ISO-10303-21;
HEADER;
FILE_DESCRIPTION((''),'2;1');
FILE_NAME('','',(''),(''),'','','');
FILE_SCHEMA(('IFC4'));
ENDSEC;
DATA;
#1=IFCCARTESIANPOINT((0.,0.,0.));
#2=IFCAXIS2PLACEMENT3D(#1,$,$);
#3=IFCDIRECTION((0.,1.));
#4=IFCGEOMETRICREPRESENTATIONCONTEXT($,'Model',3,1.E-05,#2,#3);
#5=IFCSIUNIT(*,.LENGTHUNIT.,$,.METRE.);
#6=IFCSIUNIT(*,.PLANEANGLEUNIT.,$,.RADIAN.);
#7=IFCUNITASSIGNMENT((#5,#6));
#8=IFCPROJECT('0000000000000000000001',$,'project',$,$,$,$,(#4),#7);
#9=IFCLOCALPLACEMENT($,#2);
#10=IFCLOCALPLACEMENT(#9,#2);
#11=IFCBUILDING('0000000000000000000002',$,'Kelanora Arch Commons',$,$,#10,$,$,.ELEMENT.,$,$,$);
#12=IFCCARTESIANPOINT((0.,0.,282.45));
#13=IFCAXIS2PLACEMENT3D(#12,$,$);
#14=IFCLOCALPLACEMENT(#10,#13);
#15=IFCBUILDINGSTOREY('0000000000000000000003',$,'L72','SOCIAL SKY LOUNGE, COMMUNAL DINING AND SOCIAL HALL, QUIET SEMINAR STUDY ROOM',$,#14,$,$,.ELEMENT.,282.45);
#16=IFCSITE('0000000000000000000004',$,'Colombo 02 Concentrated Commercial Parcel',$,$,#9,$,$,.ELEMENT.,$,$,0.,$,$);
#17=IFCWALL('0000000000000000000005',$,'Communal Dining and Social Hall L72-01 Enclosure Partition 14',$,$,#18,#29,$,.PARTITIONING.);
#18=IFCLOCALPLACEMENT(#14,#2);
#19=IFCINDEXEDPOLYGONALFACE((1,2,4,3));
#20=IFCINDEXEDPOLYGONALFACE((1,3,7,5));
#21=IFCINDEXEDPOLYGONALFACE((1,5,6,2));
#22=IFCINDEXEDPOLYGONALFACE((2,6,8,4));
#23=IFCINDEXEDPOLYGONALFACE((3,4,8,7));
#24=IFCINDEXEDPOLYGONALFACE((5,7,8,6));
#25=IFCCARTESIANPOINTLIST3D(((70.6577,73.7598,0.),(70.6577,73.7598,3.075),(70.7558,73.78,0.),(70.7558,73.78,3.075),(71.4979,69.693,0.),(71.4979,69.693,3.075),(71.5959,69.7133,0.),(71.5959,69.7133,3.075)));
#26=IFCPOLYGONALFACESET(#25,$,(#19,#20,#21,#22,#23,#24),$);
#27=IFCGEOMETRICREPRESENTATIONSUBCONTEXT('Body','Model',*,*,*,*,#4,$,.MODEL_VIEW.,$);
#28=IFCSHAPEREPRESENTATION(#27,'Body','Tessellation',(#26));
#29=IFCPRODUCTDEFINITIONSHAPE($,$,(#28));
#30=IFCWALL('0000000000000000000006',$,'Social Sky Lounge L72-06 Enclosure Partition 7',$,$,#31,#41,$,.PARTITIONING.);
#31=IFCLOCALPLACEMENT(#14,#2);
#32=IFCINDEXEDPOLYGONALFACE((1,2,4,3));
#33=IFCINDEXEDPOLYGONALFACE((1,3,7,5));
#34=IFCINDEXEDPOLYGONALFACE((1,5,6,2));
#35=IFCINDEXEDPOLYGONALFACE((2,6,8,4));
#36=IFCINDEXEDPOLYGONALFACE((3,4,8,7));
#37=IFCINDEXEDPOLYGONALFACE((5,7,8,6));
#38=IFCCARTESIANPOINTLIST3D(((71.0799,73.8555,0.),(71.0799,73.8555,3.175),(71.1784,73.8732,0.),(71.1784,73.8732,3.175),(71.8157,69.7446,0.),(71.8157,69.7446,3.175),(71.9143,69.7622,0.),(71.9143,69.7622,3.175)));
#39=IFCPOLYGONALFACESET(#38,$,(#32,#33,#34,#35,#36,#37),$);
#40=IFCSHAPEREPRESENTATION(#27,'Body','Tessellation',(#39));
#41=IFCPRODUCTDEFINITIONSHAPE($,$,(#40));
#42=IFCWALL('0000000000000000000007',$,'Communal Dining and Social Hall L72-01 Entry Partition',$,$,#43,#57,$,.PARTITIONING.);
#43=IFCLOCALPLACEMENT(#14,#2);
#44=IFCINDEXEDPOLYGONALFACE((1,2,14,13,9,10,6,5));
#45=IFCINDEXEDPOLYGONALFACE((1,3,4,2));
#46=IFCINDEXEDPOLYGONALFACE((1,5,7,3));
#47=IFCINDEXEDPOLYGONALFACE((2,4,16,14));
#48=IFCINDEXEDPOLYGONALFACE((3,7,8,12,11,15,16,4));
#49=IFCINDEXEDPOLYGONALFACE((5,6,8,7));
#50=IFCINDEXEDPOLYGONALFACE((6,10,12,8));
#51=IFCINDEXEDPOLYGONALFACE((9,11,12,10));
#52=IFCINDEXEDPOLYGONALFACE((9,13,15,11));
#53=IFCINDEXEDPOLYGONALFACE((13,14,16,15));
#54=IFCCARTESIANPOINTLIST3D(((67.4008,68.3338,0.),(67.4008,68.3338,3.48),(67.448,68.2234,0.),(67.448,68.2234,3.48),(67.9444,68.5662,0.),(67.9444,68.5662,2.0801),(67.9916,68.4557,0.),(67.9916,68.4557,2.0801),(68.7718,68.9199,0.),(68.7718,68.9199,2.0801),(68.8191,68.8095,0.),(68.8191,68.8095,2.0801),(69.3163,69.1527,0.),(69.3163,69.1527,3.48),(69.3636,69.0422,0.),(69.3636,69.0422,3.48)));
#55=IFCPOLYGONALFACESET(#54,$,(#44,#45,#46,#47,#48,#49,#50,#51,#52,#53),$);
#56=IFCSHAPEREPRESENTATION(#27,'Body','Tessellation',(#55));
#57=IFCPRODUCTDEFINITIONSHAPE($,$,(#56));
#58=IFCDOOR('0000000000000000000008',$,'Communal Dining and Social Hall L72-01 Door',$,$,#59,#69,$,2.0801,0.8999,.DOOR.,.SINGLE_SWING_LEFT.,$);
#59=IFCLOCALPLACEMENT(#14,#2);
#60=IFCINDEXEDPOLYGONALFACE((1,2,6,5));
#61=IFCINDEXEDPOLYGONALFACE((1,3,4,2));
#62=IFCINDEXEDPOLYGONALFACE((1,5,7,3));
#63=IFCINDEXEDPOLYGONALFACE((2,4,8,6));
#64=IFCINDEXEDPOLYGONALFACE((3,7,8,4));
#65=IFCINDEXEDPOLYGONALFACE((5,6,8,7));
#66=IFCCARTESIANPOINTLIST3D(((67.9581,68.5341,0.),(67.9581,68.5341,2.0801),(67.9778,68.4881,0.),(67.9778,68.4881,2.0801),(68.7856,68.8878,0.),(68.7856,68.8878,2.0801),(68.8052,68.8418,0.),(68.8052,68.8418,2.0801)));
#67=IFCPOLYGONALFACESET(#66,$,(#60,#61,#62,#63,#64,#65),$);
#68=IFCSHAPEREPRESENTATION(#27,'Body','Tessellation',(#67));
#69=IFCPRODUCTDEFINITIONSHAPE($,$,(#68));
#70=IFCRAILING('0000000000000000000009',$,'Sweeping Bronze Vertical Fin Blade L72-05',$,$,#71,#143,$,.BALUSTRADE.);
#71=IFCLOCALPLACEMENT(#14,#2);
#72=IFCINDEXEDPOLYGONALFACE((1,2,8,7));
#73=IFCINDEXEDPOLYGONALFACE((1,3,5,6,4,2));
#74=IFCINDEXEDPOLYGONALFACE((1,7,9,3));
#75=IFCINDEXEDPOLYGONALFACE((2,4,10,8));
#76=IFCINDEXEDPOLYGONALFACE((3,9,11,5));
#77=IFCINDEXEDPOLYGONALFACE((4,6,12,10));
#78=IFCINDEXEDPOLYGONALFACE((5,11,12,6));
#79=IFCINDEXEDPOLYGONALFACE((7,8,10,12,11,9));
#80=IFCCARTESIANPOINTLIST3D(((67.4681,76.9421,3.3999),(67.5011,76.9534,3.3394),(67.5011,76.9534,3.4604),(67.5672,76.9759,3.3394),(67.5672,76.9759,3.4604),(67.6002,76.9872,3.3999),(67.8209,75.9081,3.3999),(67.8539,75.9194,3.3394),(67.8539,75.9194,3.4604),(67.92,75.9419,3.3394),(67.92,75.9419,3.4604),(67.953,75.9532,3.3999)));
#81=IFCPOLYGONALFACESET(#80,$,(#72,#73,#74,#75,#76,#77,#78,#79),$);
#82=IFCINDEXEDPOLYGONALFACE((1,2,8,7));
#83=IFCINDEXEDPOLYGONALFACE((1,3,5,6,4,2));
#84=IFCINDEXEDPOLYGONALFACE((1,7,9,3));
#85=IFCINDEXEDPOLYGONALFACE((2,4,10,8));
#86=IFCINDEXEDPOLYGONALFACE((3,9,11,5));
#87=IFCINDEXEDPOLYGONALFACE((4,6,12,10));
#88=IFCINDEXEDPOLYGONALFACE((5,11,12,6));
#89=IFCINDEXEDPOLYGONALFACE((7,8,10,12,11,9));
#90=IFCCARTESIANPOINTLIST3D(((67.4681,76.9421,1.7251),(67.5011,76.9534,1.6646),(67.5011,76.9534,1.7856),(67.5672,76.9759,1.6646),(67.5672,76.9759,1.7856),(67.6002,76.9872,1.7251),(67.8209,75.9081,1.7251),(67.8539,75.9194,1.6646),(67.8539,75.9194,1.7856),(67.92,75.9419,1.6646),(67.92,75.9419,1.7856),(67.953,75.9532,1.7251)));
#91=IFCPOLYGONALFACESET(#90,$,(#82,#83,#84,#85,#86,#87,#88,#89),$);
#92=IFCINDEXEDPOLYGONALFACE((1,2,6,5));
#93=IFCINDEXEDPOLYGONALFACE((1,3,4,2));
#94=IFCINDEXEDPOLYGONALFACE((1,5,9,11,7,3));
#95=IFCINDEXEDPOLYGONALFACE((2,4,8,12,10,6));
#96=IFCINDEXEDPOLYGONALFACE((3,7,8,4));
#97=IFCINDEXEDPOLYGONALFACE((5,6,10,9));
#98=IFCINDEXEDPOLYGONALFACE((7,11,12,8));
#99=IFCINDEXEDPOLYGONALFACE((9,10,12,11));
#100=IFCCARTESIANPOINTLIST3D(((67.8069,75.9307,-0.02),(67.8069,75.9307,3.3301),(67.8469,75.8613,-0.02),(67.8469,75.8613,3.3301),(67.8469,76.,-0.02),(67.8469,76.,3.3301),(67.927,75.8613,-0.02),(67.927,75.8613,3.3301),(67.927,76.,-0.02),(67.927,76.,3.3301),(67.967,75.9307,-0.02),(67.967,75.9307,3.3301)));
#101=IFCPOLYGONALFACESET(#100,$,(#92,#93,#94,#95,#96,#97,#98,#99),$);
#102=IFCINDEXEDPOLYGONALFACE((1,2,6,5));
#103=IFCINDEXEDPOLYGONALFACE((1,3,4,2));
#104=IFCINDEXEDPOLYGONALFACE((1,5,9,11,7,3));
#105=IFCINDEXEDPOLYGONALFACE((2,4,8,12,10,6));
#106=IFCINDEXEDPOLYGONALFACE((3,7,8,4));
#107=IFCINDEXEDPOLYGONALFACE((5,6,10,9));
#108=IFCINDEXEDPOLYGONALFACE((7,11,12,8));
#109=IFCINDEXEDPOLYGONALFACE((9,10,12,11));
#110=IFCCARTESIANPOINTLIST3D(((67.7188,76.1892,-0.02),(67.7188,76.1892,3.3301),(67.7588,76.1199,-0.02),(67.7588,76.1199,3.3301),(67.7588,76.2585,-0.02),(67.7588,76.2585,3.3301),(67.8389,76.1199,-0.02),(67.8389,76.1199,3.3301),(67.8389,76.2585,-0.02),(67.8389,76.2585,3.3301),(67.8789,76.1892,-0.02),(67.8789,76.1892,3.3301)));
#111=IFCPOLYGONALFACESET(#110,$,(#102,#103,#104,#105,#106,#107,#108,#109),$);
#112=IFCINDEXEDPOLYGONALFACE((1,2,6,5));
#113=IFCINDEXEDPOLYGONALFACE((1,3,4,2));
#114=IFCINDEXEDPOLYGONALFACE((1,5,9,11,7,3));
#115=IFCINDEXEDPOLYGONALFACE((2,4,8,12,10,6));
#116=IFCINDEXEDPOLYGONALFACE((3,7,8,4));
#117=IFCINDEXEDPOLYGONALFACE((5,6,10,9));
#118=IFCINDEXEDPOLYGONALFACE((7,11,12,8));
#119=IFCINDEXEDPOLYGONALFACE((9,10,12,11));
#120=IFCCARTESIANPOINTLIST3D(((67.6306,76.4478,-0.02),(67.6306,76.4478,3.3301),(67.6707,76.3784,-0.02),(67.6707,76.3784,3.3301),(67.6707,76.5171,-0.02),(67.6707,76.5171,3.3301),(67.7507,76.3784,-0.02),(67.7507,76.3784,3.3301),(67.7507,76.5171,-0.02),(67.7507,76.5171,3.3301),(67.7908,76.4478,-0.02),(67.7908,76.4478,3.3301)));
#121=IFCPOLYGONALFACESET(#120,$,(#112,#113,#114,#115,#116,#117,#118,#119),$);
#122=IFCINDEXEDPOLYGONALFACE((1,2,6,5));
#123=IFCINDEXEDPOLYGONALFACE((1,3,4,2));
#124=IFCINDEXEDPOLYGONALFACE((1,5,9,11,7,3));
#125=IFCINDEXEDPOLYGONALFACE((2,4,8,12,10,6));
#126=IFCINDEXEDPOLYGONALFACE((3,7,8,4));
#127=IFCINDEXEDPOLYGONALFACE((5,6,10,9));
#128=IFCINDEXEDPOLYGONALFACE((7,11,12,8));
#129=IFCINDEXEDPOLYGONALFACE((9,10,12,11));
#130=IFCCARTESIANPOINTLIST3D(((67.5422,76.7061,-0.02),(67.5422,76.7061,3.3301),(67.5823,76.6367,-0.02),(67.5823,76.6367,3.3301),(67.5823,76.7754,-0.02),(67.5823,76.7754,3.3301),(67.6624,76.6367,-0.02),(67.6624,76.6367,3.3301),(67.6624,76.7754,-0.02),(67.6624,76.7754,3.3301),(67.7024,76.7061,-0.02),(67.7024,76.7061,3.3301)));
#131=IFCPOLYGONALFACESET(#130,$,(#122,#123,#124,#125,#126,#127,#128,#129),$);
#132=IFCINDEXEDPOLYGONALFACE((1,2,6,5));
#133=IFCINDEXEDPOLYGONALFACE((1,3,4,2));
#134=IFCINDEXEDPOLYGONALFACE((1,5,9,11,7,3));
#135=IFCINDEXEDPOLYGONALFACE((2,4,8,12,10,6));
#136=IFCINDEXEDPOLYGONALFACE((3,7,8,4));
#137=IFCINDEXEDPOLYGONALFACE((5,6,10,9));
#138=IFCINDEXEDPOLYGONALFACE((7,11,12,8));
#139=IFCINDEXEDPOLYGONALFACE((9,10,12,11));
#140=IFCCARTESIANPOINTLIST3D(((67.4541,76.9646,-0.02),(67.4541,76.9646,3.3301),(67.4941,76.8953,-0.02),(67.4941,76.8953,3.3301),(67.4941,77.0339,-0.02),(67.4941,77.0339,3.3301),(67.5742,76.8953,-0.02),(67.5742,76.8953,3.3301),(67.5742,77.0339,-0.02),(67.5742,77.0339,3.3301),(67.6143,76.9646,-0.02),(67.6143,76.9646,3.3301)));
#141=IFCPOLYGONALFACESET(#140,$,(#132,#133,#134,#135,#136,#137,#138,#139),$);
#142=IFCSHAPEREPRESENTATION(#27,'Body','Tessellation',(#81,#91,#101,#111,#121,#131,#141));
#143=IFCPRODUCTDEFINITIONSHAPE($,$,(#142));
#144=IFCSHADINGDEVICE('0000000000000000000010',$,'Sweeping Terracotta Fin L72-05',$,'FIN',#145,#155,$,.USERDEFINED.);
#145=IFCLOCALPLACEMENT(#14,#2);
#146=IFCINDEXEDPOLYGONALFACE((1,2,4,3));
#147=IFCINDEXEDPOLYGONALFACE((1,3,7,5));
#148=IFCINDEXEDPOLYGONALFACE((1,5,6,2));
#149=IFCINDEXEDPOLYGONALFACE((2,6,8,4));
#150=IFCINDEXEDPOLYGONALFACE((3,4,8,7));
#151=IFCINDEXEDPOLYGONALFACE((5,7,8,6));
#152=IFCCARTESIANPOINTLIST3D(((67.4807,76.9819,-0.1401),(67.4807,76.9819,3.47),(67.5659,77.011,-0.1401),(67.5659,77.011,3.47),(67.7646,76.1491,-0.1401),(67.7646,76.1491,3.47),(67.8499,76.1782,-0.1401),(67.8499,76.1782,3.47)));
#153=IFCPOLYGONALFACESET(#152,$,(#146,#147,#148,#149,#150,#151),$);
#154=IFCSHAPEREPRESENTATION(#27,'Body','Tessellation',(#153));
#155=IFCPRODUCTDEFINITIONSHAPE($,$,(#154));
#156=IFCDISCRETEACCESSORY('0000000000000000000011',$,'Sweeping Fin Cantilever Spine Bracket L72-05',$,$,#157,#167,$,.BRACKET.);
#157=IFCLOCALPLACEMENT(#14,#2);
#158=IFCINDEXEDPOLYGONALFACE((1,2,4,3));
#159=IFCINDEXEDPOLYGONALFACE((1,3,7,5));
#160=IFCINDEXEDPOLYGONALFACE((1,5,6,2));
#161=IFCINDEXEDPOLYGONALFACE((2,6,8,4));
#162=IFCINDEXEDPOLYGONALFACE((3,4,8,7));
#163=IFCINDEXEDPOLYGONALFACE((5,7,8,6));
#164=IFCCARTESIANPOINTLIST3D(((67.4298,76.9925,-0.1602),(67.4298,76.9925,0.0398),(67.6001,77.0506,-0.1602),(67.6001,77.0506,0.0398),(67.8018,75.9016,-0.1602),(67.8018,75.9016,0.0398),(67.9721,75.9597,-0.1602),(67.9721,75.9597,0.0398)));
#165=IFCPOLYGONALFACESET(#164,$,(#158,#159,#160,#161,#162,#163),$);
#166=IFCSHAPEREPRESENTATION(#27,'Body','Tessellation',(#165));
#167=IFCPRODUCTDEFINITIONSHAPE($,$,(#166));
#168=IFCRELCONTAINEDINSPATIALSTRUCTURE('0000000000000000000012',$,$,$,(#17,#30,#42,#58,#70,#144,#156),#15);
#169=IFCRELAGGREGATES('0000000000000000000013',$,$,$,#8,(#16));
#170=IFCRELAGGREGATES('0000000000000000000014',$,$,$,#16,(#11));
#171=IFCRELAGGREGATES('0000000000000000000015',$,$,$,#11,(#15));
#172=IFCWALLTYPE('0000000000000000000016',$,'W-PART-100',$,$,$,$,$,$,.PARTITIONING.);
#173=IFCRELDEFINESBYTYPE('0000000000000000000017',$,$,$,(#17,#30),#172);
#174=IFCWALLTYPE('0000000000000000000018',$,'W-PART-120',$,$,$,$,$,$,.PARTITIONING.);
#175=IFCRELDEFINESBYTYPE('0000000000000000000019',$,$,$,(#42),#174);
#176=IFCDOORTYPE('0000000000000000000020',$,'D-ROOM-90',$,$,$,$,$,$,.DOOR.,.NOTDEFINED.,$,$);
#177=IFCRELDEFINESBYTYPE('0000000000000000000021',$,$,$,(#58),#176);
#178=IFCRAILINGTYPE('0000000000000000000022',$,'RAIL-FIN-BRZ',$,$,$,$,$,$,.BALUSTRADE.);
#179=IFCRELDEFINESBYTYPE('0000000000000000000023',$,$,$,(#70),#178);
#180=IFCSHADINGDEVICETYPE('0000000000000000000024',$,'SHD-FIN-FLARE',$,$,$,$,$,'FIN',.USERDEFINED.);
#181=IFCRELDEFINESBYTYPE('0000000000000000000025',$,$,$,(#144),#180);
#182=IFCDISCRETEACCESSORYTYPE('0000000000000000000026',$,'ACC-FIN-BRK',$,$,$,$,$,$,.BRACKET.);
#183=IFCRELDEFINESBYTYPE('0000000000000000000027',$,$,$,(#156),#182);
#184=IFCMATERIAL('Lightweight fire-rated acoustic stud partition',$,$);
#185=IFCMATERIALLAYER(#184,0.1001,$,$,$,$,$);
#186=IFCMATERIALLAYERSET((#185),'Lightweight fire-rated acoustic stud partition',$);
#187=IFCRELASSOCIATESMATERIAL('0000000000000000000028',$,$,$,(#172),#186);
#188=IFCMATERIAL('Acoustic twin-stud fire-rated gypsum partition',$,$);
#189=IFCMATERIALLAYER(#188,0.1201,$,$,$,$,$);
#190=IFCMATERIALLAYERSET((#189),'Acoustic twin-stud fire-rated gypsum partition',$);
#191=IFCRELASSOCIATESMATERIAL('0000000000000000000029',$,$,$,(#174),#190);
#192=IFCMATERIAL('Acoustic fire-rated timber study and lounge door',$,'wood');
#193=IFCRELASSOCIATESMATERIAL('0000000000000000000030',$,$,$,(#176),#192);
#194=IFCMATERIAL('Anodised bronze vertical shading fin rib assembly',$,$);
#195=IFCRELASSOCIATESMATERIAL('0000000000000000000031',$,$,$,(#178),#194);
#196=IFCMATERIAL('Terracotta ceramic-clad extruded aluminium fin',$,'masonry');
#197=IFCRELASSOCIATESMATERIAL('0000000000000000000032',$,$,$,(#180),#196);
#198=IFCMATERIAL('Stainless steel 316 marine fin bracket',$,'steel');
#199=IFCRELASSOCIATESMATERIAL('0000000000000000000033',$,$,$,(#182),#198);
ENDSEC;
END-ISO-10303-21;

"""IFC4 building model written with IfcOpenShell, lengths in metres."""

from ifc_helpers import new_model, si_unit, direction, frame, frame_2d, origin, origin_2d, place, context, subcontext, project, spatial, polyline, rectangle, outline, extrude, source, transform, mapped, material, layer, layer_set, type_object, element, fill, save


model = new_model("IFC4")

# Units and contexts
model_context = context("Model", 3, precision=1e-05, world=origin(), true_north=direction((0.0, 1.0)))
body_context = subcontext(model_context, "Body", "Model", "MODEL_VIEW")
ifc_project = project(units=[si_unit("LENGTHUNIT", "METRE"), si_unit("PLANEANGLEUNIT", "RADIAN")], contexts=[model_context])

# Site, building, storey
site_placement = place(None, origin())
site = spatial("IfcSite", under=ifc_project, at=site_placement, Name="Colombo 02 Concentrated Commercial Parcel", CompositionType="ELEMENT", RefElevation=0.0)
building_placement = place(site_placement, origin())
building = spatial("IfcBuilding", under=site, at=building_placement, Name="Kelanora Arch Commons", CompositionType="ELEMENT")
storey_placement = place(building_placement, frame((0.0, 0.0, 282.45)))
storey = spatial("IfcBuildingStorey", under=building, at=storey_placement, Name="L72", Description="SOCIAL SKY LOUNGE, COMMUNAL DINING AND SOCIAL HALL, QUIET SEMINAR STUDY ROOM", CompositionType="ELEMENT", Elevation=282.45)

# Walls
ifc_material_1 = material(Name="Lightweight fire-rated acoustic stud partition")
ifc_layer_1 = layer(ifc_material_1, 0.1001)
ifc_layer_set_1 = layer_set([ifc_layer_1], Name="Lightweight fire-rated acoustic stud partition")
wall_type_1 = type_object("IfcWallType", Name="W-PART-100", PredefinedType="PARTITIONING", material=ifc_layer_set_1)
wall_1_placement = place(storey_placement, frame((70.7068, 73.7698, 0.0), z_axis=(0.0, 0.0, 1.0), x_axis=(0.202308, -0.979322, 0.0)))
element("IfcWall", 1, at=wall_1_placement, inside=storey, type_object=wall_type_1, Name="Communal Dining and Social Hall L72-01 Enclosure Partition 14", PredefinedType="PARTITIONING", context=body_context, shape_type="SweptSolid", body=[
    extrude(rectangle(XDim=4.1526, YDim=0.1001, at=frame_2d((2.0762, 0.0))), origin(), (0.0, 0.0, 1.0), 3.075),
])
wall_2_placement = place(storey_placement, frame((71.865, 69.7534, 0.0), z_axis=(0.0, 0.0, 1.0), x_axis=(-0.176199, 0.984355, 0.0)))
element("IfcWall", 2, at=wall_2_placement, inside=storey, type_object=wall_type_1, Name="Social Sky Lounge L72-06 Enclosure Partition 7", PredefinedType="PARTITIONING", context=body_context, shape_type="SweptSolid", body=[
    extrude(rectangle(XDim=4.1763, YDim=0.1001, at=frame_2d((2.0881, 0.0))), origin(), (0.0, 0.0, 1.0), 3.175),
])

# Wall, opening, door
ifc_material_2 = material(Name="Acoustic twin-stud fire-rated gypsum partition")
ifc_layer_2 = layer(ifc_material_2, 0.1201)
ifc_layer_set_2 = layer_set([ifc_layer_2], Name="Acoustic twin-stud fire-rated gypsum partition")
wall_type_2 = type_object("IfcWallType", Name="W-PART-120", PredefinedType="PARTITIONING", material=ifc_layer_set_2)
wall_3_placement = place(storey_placement, frame((69.3398, 69.0974, 0.0), z_axis=(0.0, 0.0, 1.0), x_axis=(-0.919508, -0.39307, 0.0)))
wall_3 = element("IfcWall", 3, at=wall_3_placement, inside=storey, type_object=wall_type_2, Name="Communal Dining and Social Hall L72-01 Entry Partition", PredefinedType="PARTITIONING", context=body_context, shape_type="SweptSolid", body=[
    extrude(rectangle(XDim=2.0833, YDim=0.1201, at=frame_2d((1.0415, 0.0))), origin(), (0.0, 0.0, 1.0), 3.48),
])
opening_placement = place(wall_3_placement, frame((0.592, 0.0, 0.0)))
opening = element("IfcOpeningElement", 4, at=opening_placement, cuts=wall_3, PredefinedType="OPENING", context=body_context, shape_type="SweptSolid", body=[
    extrude(rectangle(XDim=0.8999, YDim=2.0801, at=frame_2d((0.45, 1.04))), frame((0.0, 0.0701, 0.0), z_axis=(0.0, -1.0, 0.0), x_axis=(1.0, 0.0, 0.0)), (0.0, 0.0, 1.0), 0.1401),
])
ifc_material_3 = material(Name="Acoustic fire-rated timber study and lounge door", Category="wood")
door_type = type_object("IfcDoorType", Name="D-ROOM-90", OperationType="NOTDEFINED", PredefinedType="DOOR", material=ifc_material_3)
door_placement = place(opening_placement, origin())
door = element("IfcDoor", 5, at=door_placement, inside=storey, type_object=door_type, Name="Communal Dining and Social Hall L72-01 Door", OperationType="SINGLE_SWING_LEFT", OverallHeight=2.0801, OverallWidth=0.8999, PredefinedType="DOOR", context=body_context, shape_type="SweptSolid", body=[
    extrude(rectangle(XDim=0.8999, YDim=2.0801, at=frame_2d((0.45, 1.04))), frame((0.0, 0.0249, 0.0), z_axis=(0.0, -1.0, 0.0), x_axis=(1.0, 0.0, 0.0)), (0.0, 0.0, 1.0), 0.05),
])
fill(opening, door)

# Railing
ifc_material_4 = material(Name="Anodised bronze vertical shading fin rib assembly")
railing_type = type_object("IfcRailingType", Name="RAIL-FIN-BRZ", PredefinedType="BALUSTRADE", material=ifc_material_4)
railing_placement = place(storey_placement, frame((67.887, 75.9307, -0.02)))
element("IfcRailing", 6, at=railing_placement, inside=storey, type_object=railing_type, Name="Sweeping Bronze Vertical Fin Blade L72-05", PredefinedType="BALUSTRADE", context=body_context, shape_type="SweptSolid", body=[
    extrude(outline(polyline([(0.0698, 0.0), (0.0349, 0.0605), (-0.0349, 0.0605), (-0.0698, 0.0), (-0.0349, -0.0605), (0.0349, -0.0605), (0.0698, 0.0)])), frame((0.0, 0.0, 3.4199), z_axis=(-0.322924, 0.946425, 0.0), x_axis=(-0.946425, -0.322924, 0.0)), (0.0, 0.0, 1.0), 1.0925),
    extrude(outline(polyline([(0.0698, 0.0), (0.0349, 0.0605), (-0.0349, 0.0605), (-0.0698, 0.0), (-0.0349, -0.0605), (0.0349, -0.0605), (0.0698, 0.0)])), frame((0.0, 0.0, 1.7451), z_axis=(-0.322924, 0.946425, 0.0), x_axis=(-0.946425, -0.322924, 0.0)), (0.0, 0.0, 1.0), 1.0925),
    extrude(outline(polyline([(0.0801, 0.0), (0.04, 0.0693), (-0.04, 0.0693), (-0.0801, 0.0), (-0.04, -0.0693), (0.04, -0.0693), (0.0801, 0.0)])), origin(), (0.0, 0.0, 1.0), 3.3501),
    extrude(outline(polyline([(0.0801, 0.0), (0.04, 0.0693), (-0.04, 0.0693), (-0.0801, 0.0), (-0.04, -0.0693), (0.04, -0.0693), (0.0801, 0.0)])), frame((-0.0881, 0.2585, 0.0)), (0.0, 0.0, 1.0), 3.3501),
    extrude(outline(polyline([(0.0801, 0.0), (0.04, 0.0693), (-0.04, 0.0693), (-0.0801, 0.0), (-0.04, -0.0693), (0.04, -0.0693), (0.0801, 0.0)])), frame((-0.1763, 0.5171, 0.0)), (0.0, 0.0, 1.0), 3.3501),
    extrude(outline(polyline([(0.0801, 0.0), (0.04, 0.0693), (-0.04, 0.0693), (-0.0801, 0.0), (-0.04, -0.0693), (0.04, -0.0693), (0.0801, 0.0)])), frame((-0.2646, 0.7754, 0.0)), (0.0, 0.0, 1.0), 3.3501),
    extrude(outline(polyline([(0.0801, 0.0), (0.04, 0.0693), (-0.04, 0.0693), (-0.0801, 0.0), (-0.04, -0.0693), (0.04, -0.0693), (0.0801, 0.0)])), frame((-0.3528, 1.0339, 0.0)), (0.0, 0.0, 1.0), 3.3501),
])

# Shading device
ifc_material_5 = material(Name="Terracotta ceramic-clad extruded aluminium fin", Category="masonry")
shading_device_type = type_object("IfcShadingDeviceType", Name="SHD-FIN-FLARE", ElementType="FIN", PredefinedType="USERDEFINED", material=ifc_material_5)
shared_shape_1 = source(origin(), body_context, "Body", "SweptSolid", [
    extrude(rectangle(XDim=0.8799, YDim=0.0901, at=origin_2d()), origin(), (0.0, 0.0, 1.0), 3.6101),
])
shading_device_placement = place(storey_placement, frame((67.6653, 76.5801, -0.1401), z_axis=(0.0, 0.0, 1.0), x_axis=(-0.322761, 0.94648, 0.0)))
element("IfcShadingDevice", 7, at=shading_device_placement, inside=storey, type_object=shading_device_type, Name="Sweeping Terracotta Fin L72-05", ObjectType="FIN", PredefinedType="USERDEFINED", context=body_context, shape_type="MappedRepresentation", body=[
    mapped(shared_shape_1, transform((0.0, 0.0, 0.0), scale=1.0)),
])

# Discrete accessory
ifc_material_6 = material(Name="Stainless steel 316 marine fin bracket", Category="steel")
discrete_accessory_type = type_object("IfcDiscreteAccessoryType", Name="ACC-FIN-BRK", PredefinedType="BRACKET", material=ifc_material_6)
shared_shape_2 = source(origin(), body_context, "Body", "SweptSolid", [
    extrude(rectangle(XDim=1.1526, YDim=0.1799, at=origin_2d()), origin(), (0.0, 0.0, 1.0), 0.2),
])
discrete_accessory_placement = place(storey_placement, frame((67.7009, 76.4761, -0.1602), z_axis=(0.0, 0.0, 1.0), x_axis=(-0.322761, 0.94648, 0.0)))
element("IfcDiscreteAccessory", 8, at=discrete_accessory_placement, inside=storey, type_object=discrete_accessory_type, Name="Sweeping Fin Cantilever Spine Bracket L72-05", PredefinedType="BRACKET", context=body_context, shape_type="MappedRepresentation", body=[
    mapped(shared_shape_2, transform((0.0, 0.0, 0.0), scale=1.0)),
])

save(model, "model.ifc")
